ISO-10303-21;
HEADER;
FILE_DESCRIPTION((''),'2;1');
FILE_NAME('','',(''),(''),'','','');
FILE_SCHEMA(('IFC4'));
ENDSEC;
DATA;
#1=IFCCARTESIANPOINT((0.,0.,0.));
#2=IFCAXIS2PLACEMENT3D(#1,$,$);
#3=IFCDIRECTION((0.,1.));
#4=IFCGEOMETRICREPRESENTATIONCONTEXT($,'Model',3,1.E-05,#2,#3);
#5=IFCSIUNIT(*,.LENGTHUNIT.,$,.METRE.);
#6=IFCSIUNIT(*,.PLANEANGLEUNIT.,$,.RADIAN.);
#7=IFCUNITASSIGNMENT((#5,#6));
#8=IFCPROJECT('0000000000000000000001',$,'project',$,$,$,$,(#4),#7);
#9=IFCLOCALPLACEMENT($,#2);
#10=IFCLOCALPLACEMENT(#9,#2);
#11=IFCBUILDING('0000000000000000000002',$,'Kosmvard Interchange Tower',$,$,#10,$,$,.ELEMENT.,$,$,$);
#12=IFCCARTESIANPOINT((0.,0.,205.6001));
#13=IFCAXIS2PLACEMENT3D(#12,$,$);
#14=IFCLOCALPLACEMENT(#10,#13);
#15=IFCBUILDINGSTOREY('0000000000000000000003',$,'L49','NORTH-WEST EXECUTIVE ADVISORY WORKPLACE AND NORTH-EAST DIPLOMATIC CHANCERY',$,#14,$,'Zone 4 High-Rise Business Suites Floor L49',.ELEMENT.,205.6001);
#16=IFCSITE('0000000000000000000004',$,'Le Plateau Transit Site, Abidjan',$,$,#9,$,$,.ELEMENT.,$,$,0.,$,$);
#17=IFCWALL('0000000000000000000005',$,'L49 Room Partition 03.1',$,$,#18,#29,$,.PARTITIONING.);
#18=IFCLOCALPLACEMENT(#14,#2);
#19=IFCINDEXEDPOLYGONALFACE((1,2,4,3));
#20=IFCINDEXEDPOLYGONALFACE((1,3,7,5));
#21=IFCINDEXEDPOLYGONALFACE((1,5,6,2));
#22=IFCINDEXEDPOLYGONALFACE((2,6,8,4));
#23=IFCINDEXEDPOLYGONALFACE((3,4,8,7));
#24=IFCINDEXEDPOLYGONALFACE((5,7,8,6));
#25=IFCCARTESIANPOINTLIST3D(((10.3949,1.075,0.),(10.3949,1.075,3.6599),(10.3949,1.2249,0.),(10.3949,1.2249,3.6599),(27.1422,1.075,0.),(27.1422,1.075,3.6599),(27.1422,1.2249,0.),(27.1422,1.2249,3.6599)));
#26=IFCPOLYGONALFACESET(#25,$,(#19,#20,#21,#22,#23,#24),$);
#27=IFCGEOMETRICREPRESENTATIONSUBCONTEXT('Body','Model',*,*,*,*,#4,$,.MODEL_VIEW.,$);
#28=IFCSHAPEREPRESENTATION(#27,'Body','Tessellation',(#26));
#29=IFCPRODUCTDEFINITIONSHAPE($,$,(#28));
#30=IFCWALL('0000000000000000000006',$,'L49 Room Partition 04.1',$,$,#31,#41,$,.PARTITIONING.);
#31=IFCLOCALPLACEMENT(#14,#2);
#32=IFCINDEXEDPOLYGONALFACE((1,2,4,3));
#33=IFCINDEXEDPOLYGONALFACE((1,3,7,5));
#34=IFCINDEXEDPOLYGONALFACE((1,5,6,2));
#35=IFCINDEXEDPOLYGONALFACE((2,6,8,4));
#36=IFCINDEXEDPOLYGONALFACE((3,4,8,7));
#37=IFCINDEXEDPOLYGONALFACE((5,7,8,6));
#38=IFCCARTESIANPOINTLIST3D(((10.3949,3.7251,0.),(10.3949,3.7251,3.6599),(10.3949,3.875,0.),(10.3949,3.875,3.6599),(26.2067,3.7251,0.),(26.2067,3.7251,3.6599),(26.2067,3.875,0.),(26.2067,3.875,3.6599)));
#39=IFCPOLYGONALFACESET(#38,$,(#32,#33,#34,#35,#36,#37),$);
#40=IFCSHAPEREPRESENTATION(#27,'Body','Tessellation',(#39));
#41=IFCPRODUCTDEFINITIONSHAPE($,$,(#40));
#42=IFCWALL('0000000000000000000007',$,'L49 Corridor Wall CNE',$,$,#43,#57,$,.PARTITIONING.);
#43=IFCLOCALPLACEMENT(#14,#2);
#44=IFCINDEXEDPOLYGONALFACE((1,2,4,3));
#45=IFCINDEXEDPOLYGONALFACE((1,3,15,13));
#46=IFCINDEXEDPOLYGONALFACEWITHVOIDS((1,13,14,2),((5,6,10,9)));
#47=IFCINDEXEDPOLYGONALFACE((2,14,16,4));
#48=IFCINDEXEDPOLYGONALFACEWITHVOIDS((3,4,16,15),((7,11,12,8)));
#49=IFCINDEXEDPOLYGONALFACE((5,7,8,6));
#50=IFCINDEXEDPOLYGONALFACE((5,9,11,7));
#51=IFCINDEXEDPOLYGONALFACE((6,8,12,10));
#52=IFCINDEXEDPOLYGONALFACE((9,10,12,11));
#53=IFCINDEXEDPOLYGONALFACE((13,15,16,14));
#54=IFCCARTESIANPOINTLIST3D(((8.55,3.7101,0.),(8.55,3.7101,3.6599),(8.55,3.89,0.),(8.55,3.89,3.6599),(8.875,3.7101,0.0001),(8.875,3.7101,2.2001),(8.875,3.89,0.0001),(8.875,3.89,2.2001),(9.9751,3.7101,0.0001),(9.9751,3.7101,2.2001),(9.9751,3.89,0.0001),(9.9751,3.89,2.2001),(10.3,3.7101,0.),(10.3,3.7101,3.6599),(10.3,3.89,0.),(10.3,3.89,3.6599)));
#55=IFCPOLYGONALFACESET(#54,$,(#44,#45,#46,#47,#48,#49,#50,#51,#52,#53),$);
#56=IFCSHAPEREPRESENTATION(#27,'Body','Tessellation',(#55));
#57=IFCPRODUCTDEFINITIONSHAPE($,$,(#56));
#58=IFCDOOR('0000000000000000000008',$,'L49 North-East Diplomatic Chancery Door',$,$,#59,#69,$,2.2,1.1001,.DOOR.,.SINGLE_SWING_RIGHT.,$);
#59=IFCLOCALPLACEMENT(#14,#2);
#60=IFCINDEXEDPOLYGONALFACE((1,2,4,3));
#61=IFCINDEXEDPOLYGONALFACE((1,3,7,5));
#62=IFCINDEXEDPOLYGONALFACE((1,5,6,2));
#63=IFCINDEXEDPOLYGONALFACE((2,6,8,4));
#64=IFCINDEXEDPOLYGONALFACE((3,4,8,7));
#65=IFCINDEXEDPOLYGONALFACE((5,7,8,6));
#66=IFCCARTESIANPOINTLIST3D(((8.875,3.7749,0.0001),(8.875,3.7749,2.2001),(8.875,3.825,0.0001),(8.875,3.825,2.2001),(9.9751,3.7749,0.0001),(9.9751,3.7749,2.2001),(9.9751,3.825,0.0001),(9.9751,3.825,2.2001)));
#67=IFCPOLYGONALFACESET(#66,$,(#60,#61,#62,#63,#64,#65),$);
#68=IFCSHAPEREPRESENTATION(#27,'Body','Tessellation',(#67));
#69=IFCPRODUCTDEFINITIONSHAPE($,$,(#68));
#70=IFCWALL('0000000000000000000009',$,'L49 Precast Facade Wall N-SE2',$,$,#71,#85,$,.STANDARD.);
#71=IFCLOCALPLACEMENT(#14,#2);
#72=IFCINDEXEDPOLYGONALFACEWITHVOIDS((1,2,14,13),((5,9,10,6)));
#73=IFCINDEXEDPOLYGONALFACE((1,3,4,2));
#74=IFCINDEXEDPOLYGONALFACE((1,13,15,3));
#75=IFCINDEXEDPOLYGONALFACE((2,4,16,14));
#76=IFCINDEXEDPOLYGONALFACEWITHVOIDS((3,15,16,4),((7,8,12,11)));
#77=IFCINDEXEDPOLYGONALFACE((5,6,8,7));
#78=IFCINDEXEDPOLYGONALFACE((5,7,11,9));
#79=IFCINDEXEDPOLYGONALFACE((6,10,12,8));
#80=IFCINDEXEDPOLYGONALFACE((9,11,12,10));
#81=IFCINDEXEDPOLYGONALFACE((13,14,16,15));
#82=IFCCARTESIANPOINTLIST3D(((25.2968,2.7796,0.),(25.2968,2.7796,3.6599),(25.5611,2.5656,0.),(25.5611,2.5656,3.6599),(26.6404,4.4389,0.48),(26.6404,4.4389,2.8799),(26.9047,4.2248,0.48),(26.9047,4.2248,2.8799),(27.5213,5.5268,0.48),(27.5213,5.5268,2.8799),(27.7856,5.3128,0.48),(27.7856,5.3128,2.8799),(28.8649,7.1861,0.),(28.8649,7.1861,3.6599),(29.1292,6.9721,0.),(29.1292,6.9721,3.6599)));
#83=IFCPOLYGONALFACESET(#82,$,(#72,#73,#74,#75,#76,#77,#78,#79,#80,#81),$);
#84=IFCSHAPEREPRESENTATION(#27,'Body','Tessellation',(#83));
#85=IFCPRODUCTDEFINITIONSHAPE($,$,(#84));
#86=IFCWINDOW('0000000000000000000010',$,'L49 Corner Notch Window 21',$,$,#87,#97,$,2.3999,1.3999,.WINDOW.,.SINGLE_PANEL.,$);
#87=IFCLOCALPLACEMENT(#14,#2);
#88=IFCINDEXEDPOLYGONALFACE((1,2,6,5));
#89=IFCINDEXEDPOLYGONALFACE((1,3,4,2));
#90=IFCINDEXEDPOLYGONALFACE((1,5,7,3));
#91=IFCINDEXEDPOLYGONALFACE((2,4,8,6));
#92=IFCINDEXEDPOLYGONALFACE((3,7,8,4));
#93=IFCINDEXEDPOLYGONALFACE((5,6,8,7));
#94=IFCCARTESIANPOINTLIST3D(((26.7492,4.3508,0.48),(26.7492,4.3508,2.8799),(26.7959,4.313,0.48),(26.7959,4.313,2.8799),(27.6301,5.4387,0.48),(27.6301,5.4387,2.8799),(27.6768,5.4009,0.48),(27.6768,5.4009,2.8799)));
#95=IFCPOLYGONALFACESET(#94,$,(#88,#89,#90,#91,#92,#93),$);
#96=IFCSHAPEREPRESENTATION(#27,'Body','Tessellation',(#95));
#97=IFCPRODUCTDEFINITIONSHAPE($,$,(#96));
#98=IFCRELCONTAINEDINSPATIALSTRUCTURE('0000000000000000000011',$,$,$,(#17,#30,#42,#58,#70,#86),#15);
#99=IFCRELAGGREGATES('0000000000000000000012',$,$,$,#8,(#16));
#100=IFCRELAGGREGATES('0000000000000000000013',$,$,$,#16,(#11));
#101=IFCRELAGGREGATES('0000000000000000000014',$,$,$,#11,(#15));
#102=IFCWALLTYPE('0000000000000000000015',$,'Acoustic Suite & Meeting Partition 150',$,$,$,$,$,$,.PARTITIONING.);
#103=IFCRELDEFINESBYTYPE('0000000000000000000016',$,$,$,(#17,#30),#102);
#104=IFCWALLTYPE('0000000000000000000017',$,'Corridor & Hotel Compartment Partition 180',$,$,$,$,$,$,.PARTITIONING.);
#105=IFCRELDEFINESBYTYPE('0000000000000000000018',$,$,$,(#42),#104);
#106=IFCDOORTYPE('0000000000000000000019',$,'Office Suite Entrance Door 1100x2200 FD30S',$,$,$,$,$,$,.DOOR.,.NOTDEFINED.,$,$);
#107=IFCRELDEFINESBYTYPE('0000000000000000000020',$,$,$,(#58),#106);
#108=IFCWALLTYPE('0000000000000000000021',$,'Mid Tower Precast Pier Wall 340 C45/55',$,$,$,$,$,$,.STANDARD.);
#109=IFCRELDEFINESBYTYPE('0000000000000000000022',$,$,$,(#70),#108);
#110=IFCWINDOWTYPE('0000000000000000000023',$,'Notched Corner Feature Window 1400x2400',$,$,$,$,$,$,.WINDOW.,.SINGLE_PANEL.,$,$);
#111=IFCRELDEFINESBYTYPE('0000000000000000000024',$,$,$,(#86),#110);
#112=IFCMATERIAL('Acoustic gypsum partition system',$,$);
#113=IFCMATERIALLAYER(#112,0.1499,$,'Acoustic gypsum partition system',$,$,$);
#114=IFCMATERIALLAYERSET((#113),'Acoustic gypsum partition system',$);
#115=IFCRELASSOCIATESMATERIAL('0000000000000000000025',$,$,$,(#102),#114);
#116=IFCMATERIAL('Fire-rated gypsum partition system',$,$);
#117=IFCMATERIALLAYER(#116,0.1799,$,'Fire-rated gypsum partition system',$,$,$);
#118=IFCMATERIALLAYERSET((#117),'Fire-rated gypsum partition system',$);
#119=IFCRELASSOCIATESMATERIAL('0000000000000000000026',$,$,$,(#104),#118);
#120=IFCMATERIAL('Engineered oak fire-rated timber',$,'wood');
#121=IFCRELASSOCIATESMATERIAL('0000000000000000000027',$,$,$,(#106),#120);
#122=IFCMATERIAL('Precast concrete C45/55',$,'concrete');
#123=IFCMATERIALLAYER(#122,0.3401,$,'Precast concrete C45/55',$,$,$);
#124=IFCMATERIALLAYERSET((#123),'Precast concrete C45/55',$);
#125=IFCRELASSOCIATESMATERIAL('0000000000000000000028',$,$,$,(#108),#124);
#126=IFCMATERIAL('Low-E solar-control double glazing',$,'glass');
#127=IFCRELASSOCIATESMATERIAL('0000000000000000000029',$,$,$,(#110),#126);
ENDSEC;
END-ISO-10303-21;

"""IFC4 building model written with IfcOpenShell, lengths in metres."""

from ifc_helpers import new_model, si_unit, direction, frame, frame_2d, origin, place, context, subcontext, project, spatial, rectangle, extrude, source, transform, mapped, material, layer, layer_set, type_object, element, fill, save


model = new_model("IFC4")

# Units and contexts
model_context = context("Model", 3, precision=1e-05, world=origin(), true_north=direction((0.0, 1.0)))
body_context = subcontext(model_context, "Body", "Model", "MODEL_VIEW")
ifc_project = project(units=[si_unit("LENGTHUNIT", "METRE"), si_unit("PLANEANGLEUNIT", "RADIAN")], contexts=[model_context])

# Site, building, storey
site_placement = place(None, origin())
site = spatial("IfcSite", under=ifc_project, at=site_placement, Name="Le Plateau Transit Site, Abidjan", CompositionType="ELEMENT", RefElevation=0.0)
building_placement = place(site_placement, origin())
building = spatial("IfcBuilding", under=site, at=building_placement, Name="Kosmvard Interchange Tower", CompositionType="ELEMENT")
storey_placement = place(building_placement, frame((0.0, 0.0, 205.6001)))
storey = spatial("IfcBuildingStorey", under=building, at=storey_placement, Name="L49", Description="NORTH-WEST EXECUTIVE ADVISORY WORKPLACE AND NORTH-EAST DIPLOMATIC CHANCERY", LongName="Zone 4 High-Rise Business Suites Floor L49", CompositionType="ELEMENT", Elevation=205.6001)

# Walls
ifc_material_1 = material(Name="Acoustic gypsum partition system")
ifc_layer_1 = layer(ifc_material_1, 0.1499, Name="Acoustic gypsum partition system")
ifc_layer_set_1 = layer_set([ifc_layer_1], Name="Acoustic gypsum partition system")
wall_type_1 = type_object("IfcWallType", Name="Acoustic Suite & Meeting Partition 150", PredefinedType="PARTITIONING", material=ifc_layer_set_1)
wall_1_placement = place(storey_placement, frame((10.395, 1.1499, 0.0), z_axis=(0.0, 0.0, 1.0), x_axis=(1.0, 0.0, 0.0)))
element("IfcWall", 1, at=wall_1_placement, inside=storey, type_object=wall_type_1, Name="L49 Room Partition 03.1", PredefinedType="PARTITIONING", context=body_context, shape_type="SweptSolid", body=[
    extrude(rectangle(XDim=16.7473, YDim=0.1499, at=frame_2d((8.3735, 0.0))), origin(), (0.0, 0.0, 1.0), 3.6599),
])
wall_2_placement = place(storey_placement, frame((10.395, 3.8, 0.0), z_axis=(0.0, 0.0, 1.0), x_axis=(1.0, 0.0, 0.0)))
element("IfcWall", 2, at=wall_2_placement, inside=storey, type_object=wall_type_1, Name="L49 Room Partition 04.1", PredefinedType="PARTITIONING", context=body_context, shape_type="SweptSolid", body=[
    extrude(rectangle(XDim=15.8118, YDim=0.1499, at=frame_2d((7.9058, 0.0))), origin(), (0.0, 0.0, 1.0), 3.6599),
])

# Wall, opening, door
ifc_material_2 = material(Name="Fire-rated gypsum partition system")
ifc_layer_2 = layer(ifc_material_2, 0.1799, Name="Fire-rated gypsum partition system")
ifc_layer_set_2 = layer_set([ifc_layer_2], Name="Fire-rated gypsum partition system")
wall_type_2 = type_object("IfcWallType", Name="Corridor & Hotel Compartment Partition 180", PredefinedType="PARTITIONING", material=ifc_layer_set_2)
wall_3_placement = place(storey_placement, frame((8.55, 3.8, 0.0), z_axis=(0.0, 0.0, 1.0), x_axis=(1.0, 0.0, 0.0)))
wall_3 = element("IfcWall", 3, at=wall_3_placement, inside=storey, type_object=wall_type_2, Name="L49 Corridor Wall CNE", PredefinedType="PARTITIONING", context=body_context, shape_type="SweptSolid", body=[
    extrude(rectangle(XDim=1.75, YDim=0.1799, at=frame_2d((0.875, 0.0))), origin(), (0.0, 0.0, 1.0), 3.6599),
])
opening_1_placement = place(wall_3_placement, frame((0.325, 0.0, 0.0)))
opening_1 = element("IfcOpeningElement", 4, at=opening_1_placement, cuts=wall_3, PredefinedType="OPENING", context=body_context, shape_type="SweptSolid", body=[
    extrude(rectangle(XDim=1.1001, YDim=2.2, at=frame_2d((0.55, 1.1001))), frame((0.0, 0.1001, 0.0), z_axis=(0.0, -1.0, 0.0), x_axis=(1.0, 0.0, 0.0)), (0.0, 0.0, 1.0), 0.2),
])
ifc_material_3 = material(Name="Engineered oak fire-rated timber", Category="wood")
door_type_1 = type_object("IfcDoorType", Name="Office Suite Entrance Door 1100x2200 FD30S", OperationType="NOTDEFINED", PredefinedType="DOOR", material=ifc_material_3)
shared_shape_1 = source(origin(), body_context, "Body", "SweptSolid", [
    extrude(rectangle(XDim=1.1001, YDim=2.2, at=frame_2d((0.55, 1.1001))), frame((0.0, 0.0249, 0.0), z_axis=(0.0, -1.0, 0.0), x_axis=(1.0, 0.0, 0.0)), (0.0, 0.0, 1.0), 0.05),
])
door_1_placement = place(opening_1_placement, origin())
door_1 = element("IfcDoor", 5, at=door_1_placement, inside=storey, type_object=door_type_1, Name="L49 North-East Diplomatic Chancery Door", OperationType="SINGLE_SWING_RIGHT", OverallHeight=2.2, OverallWidth=1.1001, PredefinedType="DOOR", context=body_context, shape_type="MappedRepresentation", body=[
    mapped(shared_shape_1, transform((0.0, 0.0, 0.0), scale=1.0)),
])
fill(opening_1, door_1)

# Wall, opening, window
ifc_material_4 = material(Name="Precast concrete C45/55", Category="concrete")
ifc_layer_3 = layer(ifc_material_4, 0.3401, Name="Precast concrete C45/55")
ifc_layer_set_3 = layer_set([ifc_layer_3], Name="Precast concrete C45/55")
wall_type_3 = type_object("IfcWallType", Name="Mid Tower Precast Pier Wall 340 C45/55", PredefinedType="STANDARD", material=ifc_layer_set_3)
wall_4_placement = place(storey_placement, frame((25.429, 2.6726, 0.0), z_axis=(0.0, 0.0, 1.0), x_axis=(0.6293, 0.777163, 0.0)))
wall_4 = element("IfcWall", 6, at=wall_4_placement, inside=storey, type_object=wall_type_3, Name="L49 Precast Facade Wall N-SE2", PredefinedType="STANDARD", context=body_context, shape_type="SweptSolid", body=[
    extrude(rectangle(XDim=5.6699, YDim=0.3401, at=frame_2d((2.835, 0.0))), origin(), (0.0, 0.0, 1.0), 3.6599),
])
opening_2_placement = place(wall_4_placement, frame((2.135, 0.0, 0.48)))
opening_2 = element("IfcOpeningElement", 7, at=opening_2_placement, cuts=wall_4, PredefinedType="OPENING", context=body_context, shape_type="SweptSolid", body=[
    extrude(rectangle(XDim=1.3999, YDim=2.3999, at=frame_2d((0.7, 1.2))), frame((0.0, 0.1802, 0.0), z_axis=(0.0, -1.0, 0.0), x_axis=(1.0, 0.0, 0.0)), (0.0, 0.0, 1.0), 0.3601),
])
ifc_material_5 = material(Name="Low-E solar-control double glazing", Category="glass")
window_type_1 = type_object("IfcWindowType", Name="Notched Corner Feature Window 1400x2400", PartitioningType="SINGLE_PANEL", PredefinedType="WINDOW", material=ifc_material_5)
shared_shape_2 = source(origin(), body_context, "Body", "SweptSolid", [
    extrude(rectangle(XDim=1.3999, YDim=2.3999, at=frame_2d((0.7, 1.2))), frame((0.0, 0.03, 0.0), z_axis=(0.0, -1.0, 0.0), x_axis=(1.0, 0.0, 0.0)), (0.0, 0.0, 1.0), 0.0601),
])
window_1_placement = place(opening_2_placement, origin())
window_1 = element("IfcWindow", 8, at=window_1_placement, inside=storey, type_object=window_type_1, Name="L49 Corner Notch Window 21", OverallHeight=2.3999, OverallWidth=1.3999, PartitioningType="SINGLE_PANEL", PredefinedType="WINDOW", context=body_context, shape_type="MappedRepresentation", body=[
    mapped(shared_shape_2, transform((0.0, 0.0, 0.0), scale=1.0)),
])
fill(opening_2, window_1)

save(model, "model.ifc")
